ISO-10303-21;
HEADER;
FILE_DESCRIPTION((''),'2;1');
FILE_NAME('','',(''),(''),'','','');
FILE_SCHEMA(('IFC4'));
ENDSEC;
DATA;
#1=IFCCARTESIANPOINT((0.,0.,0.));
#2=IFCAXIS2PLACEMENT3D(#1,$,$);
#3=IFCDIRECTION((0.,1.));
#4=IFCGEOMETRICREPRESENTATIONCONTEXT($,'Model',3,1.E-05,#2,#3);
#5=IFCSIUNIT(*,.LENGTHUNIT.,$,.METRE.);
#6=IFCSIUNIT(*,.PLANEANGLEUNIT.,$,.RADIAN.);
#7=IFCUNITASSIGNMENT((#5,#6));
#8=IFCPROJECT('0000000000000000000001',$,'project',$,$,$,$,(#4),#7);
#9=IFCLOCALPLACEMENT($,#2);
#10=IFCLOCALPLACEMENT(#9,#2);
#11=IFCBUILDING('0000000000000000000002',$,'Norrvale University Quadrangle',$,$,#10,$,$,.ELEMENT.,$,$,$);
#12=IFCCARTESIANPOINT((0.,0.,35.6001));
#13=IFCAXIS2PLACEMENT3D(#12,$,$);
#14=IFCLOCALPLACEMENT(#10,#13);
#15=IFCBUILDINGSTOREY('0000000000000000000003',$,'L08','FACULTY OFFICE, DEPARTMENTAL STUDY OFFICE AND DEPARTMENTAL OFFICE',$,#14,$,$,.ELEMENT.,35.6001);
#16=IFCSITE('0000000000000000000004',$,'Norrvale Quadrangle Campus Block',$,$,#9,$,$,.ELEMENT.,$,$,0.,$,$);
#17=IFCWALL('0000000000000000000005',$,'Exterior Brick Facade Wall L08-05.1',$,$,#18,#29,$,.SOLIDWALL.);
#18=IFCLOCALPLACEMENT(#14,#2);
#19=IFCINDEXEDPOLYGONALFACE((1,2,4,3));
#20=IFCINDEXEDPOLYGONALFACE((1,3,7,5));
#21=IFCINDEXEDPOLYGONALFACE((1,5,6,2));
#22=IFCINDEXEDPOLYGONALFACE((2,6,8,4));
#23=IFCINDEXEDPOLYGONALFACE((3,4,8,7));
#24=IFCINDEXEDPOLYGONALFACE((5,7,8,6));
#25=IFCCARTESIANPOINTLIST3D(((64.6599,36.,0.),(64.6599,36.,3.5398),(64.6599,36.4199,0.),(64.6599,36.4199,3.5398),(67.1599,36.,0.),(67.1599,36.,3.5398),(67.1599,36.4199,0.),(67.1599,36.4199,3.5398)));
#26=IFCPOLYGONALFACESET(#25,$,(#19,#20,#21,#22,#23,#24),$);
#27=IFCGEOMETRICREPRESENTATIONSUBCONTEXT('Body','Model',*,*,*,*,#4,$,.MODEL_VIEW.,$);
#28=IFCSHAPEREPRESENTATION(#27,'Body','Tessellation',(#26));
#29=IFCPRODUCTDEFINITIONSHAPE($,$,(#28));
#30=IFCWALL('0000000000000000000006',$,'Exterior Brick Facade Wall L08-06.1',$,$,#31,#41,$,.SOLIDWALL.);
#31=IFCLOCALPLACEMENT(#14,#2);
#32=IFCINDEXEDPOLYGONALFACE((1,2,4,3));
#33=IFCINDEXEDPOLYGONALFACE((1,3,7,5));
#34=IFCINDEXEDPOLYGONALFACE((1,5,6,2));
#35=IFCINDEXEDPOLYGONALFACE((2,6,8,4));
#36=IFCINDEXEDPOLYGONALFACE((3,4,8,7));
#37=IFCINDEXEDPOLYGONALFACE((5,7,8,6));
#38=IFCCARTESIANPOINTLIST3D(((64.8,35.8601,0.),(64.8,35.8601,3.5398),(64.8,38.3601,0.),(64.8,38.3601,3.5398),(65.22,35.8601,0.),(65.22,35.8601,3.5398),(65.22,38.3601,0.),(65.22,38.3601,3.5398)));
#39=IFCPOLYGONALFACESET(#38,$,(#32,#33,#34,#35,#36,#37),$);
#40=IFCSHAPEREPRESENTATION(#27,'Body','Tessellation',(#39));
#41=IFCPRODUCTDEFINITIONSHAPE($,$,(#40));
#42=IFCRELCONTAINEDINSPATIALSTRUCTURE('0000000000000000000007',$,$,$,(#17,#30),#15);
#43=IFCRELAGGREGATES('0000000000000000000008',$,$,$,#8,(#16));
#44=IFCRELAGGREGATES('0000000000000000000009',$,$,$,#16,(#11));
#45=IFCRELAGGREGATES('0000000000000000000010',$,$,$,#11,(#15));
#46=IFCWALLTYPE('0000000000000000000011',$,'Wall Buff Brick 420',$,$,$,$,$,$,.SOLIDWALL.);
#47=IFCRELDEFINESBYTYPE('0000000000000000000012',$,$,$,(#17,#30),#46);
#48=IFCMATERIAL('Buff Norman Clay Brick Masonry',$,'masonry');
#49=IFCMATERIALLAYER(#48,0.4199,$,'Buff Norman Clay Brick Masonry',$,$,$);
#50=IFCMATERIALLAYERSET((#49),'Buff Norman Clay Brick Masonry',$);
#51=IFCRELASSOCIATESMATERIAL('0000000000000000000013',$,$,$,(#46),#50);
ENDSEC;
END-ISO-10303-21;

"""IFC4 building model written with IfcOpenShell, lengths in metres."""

from ifc_helpers import new_model, si_unit, direction, frame, frame_2d, origin, place, context, subcontext, project, spatial, rectangle, extrude, material, layer, layer_set, type_object, element, save


model = new_model("IFC4")

# Units and contexts
model_context = context("Model", 3, precision=1e-05, world=origin(), true_north=direction((0.0, 1.0)))
body_context = subcontext(model_context, "Body", "Model", "MODEL_VIEW")
ifc_project = project(units=[si_unit("LENGTHUNIT", "METRE"), si_unit("PLANEANGLEUNIT", "RADIAN")], contexts=[model_context])

# Site, building, storey
site_placement = place(None, origin())
site = spatial("IfcSite", under=ifc_project, at=site_placement, Name="Norrvale Quadrangle Campus Block", CompositionType="ELEMENT", RefElevation=0.0)
building_placement = place(site_placement, origin())
building = spatial("IfcBuilding", under=site, at=building_placement, Name="Norrvale University Quadrangle", CompositionType="ELEMENT")
storey_placement = place(building_placement, frame((0.0, 0.0, 35.6001)))
storey = spatial("IfcBuildingStorey", under=building, at=storey_placement, Name="L08", Description="FACULTY OFFICE, DEPARTMENTAL STUDY OFFICE AND DEPARTMENTAL OFFICE", CompositionType="ELEMENT", Elevation=35.6001)

# Walls
ifc_material_1 = material(Name="Buff Norman Clay Brick Masonry", Category="masonry")
ifc_layer = layer(ifc_material_1, 0.4199, Name="Buff Norman Clay Brick Masonry")
ifc_layer_set = layer_set([ifc_layer], Name="Buff Norman Clay Brick Masonry")
wall_type = type_object("IfcWallType", Name="Wall Buff Brick 420", PredefinedType="SOLIDWALL", material=ifc_layer_set)
for number, where, z_axis, x_axis, name in (
    (1, (67.1599, 36.21, 0.0), (0.0, 0.0, 1.0), (-1.0, 0.0, 0.0), "Exterior Brick Facade Wall L08-05.1"),
    (2, (65.01, 35.8601, 0.0), (0.0, 0.0, 1.0), (0.0, 1.0, 0.0), "Exterior Brick Facade Wall L08-06.1"),
):
    element("IfcWall", number, at=place(storey_placement, frame(where, z_axis=z_axis, x_axis=x_axis)), inside=storey, type_object=wall_type, Name=name, PredefinedType="SOLIDWALL", context=body_context, shape_type="SweptSolid", body=[
        extrude(rectangle(XDim=2.5, YDim=0.4199, at=frame_2d((1.25, 0.0))), origin(), (0.0, 0.0, 1.0), 3.5398),
    ])

save(model, "model.ifc")
